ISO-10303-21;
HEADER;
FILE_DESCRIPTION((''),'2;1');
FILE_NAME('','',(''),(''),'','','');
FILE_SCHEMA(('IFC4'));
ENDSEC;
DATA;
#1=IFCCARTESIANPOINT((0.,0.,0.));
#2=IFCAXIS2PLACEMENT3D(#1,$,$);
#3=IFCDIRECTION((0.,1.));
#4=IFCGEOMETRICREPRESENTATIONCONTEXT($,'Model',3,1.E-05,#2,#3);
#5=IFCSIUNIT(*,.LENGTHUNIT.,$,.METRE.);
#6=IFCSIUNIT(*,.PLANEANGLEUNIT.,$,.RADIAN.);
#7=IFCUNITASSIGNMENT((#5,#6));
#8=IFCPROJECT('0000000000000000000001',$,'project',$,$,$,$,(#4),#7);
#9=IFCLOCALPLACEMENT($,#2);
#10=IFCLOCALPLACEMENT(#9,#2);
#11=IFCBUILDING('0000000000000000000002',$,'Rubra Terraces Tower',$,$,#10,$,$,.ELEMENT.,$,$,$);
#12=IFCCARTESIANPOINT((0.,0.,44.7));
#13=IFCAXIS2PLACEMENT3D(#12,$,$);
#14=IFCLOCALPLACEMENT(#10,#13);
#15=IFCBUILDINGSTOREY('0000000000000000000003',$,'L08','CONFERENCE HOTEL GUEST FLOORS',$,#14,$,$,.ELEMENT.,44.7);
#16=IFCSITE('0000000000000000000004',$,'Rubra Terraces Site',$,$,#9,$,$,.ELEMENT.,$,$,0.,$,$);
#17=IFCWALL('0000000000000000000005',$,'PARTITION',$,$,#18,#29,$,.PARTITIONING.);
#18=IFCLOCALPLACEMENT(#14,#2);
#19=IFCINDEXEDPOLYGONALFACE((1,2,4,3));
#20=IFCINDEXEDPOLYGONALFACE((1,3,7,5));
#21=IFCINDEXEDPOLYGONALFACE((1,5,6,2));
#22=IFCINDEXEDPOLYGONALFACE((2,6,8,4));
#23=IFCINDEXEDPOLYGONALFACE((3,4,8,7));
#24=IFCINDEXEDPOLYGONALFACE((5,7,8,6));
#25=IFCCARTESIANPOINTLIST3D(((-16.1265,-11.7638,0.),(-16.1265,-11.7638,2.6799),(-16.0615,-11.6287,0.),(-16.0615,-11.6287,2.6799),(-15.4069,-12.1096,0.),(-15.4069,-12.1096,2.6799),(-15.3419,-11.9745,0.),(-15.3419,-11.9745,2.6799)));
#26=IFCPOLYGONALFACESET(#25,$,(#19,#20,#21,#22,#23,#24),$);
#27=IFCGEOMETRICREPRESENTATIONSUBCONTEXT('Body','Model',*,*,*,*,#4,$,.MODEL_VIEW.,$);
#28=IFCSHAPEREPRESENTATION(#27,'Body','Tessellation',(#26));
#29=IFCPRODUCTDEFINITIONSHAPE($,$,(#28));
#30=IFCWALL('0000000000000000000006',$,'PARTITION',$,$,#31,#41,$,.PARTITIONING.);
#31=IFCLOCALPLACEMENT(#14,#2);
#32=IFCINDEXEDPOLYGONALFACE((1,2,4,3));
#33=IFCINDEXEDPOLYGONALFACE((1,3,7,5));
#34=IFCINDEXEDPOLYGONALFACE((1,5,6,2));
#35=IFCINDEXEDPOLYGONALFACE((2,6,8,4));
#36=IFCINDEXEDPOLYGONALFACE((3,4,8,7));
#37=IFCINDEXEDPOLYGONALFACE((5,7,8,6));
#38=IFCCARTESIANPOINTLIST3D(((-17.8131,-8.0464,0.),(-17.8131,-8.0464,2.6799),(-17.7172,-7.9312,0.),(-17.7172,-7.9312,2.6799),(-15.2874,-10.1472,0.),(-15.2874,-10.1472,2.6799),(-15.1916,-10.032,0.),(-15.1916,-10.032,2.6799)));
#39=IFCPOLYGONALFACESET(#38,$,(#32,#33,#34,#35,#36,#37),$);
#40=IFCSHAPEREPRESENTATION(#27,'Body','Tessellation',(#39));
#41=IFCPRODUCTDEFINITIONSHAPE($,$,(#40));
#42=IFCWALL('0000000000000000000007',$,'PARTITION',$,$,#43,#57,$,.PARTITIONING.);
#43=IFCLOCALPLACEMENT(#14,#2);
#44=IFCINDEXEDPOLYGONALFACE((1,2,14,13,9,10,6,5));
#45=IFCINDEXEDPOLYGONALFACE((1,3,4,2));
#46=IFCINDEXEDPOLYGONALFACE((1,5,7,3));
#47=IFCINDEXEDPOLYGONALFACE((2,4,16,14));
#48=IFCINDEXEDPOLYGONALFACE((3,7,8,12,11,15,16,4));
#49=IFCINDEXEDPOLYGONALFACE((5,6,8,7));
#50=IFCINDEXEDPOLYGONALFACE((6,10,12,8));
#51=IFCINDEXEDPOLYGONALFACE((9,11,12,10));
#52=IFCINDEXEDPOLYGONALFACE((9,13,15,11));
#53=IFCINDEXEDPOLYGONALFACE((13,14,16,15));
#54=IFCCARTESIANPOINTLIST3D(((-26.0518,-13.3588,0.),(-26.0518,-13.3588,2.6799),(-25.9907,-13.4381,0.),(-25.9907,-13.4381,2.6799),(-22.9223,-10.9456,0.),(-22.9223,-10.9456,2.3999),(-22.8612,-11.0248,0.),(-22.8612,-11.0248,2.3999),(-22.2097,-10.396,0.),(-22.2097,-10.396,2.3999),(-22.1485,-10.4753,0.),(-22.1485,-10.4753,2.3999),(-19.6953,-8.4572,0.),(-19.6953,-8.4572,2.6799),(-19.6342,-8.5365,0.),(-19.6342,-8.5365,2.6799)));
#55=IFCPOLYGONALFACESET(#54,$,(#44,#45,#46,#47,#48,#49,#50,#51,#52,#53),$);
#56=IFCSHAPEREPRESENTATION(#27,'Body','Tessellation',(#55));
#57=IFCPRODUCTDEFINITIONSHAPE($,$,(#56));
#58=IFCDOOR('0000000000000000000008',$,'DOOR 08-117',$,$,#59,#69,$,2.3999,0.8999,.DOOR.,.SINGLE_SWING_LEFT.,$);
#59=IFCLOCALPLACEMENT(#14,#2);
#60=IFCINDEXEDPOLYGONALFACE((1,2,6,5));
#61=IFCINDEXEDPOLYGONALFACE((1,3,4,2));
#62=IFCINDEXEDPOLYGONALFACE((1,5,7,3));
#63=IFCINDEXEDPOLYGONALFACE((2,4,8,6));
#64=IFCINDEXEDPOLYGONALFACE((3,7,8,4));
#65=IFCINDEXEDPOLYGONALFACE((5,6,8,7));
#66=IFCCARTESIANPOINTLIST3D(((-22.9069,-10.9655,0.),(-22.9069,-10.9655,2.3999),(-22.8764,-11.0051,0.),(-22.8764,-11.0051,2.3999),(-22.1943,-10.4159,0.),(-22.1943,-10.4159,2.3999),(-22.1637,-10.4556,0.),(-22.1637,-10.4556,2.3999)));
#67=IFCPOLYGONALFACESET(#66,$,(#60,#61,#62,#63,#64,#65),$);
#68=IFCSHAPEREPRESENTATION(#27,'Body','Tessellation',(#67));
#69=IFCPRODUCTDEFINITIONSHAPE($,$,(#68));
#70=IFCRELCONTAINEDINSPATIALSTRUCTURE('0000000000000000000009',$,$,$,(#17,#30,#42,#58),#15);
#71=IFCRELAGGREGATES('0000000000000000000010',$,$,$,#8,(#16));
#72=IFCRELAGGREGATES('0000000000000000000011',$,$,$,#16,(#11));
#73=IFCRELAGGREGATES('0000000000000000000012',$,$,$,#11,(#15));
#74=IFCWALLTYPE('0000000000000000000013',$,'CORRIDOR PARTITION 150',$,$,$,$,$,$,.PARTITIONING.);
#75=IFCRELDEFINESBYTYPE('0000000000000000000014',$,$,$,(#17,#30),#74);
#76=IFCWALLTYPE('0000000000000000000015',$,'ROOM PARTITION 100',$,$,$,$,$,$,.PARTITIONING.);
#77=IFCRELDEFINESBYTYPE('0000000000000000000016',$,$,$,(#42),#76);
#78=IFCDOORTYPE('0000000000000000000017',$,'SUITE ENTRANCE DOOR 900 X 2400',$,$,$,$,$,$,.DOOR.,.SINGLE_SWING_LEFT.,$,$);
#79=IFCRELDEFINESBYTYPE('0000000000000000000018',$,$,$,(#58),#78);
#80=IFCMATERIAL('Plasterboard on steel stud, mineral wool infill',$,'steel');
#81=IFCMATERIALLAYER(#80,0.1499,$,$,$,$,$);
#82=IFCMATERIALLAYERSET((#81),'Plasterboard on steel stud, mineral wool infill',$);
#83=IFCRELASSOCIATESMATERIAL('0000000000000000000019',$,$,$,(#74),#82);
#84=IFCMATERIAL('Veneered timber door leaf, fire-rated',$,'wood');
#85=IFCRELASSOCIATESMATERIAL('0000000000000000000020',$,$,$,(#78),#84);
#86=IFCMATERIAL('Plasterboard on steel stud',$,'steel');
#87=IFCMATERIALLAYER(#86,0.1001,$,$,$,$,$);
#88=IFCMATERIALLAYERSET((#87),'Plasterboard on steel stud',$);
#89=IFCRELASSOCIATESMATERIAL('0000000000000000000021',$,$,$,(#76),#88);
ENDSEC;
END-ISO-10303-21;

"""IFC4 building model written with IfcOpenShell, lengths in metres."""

from ifc_helpers import new_model, si_unit, direction, frame, frame_2d, origin, place, context, subcontext, project, spatial, rectangle, extrude, material, layer, layer_set, type_object, element, fill, save


model = new_model("IFC4")

# Units and contexts
model_context = context("Model", 3, precision=1e-05, world=origin(), true_north=direction((0.0, 1.0)))
body_context = subcontext(model_context, "Body", "Model", "MODEL_VIEW")
ifc_project = project(units=[si_unit("LENGTHUNIT", "METRE"), si_unit("PLANEANGLEUNIT", "RADIAN")], contexts=[model_context])

# Site, building, storey
site_placement = place(None, origin())
site = spatial("IfcSite", under=ifc_project, at=site_placement, Name="Rubra Terraces Site", CompositionType="ELEMENT", RefElevation=0.0)
building_placement = place(site_placement, origin())
building = spatial("IfcBuilding", under=site, at=building_placement, Name="Rubra Terraces Tower", CompositionType="ELEMENT")
storey_placement = place(building_placement, frame((0.0, 0.0, 44.7)))
storey = spatial("IfcBuildingStorey", under=building, at=storey_placement, Name="L08", Description="CONFERENCE HOTEL GUEST FLOORS", CompositionType="ELEMENT", Elevation=44.7)

# Wall
ifc_material_1 = material(Name="Plasterboard on steel stud, mineral wool infill", Category="steel")
ifc_layer_1 = layer(ifc_material_1, 0.1499)
ifc_layer_set_1 = layer_set([ifc_layer_1], Name="Plasterboard on steel stud, mineral wool infill")
wall_type_1 = type_object("IfcWallType", Name="CORRIDOR PARTITION 150", PredefinedType="PARTITIONING", material=ifc_layer_set_1)
wall_1_placement = place(storey_placement, frame((-16.094, -11.6963, 0.0), z_axis=(0.0, 0.0, 1.0), x_axis=(0.901351, -0.433089, 0.0)))
element("IfcWall", 1, at=wall_1_placement, inside=storey, type_object=wall_type_1, Name="PARTITION", PredefinedType="PARTITIONING", context=body_context, shape_type="SweptSolid", body=[
    extrude(rectangle(XDim=0.7983, YDim=0.1499, at=frame_2d((0.3992, 0.0))), origin(), (0.0, 0.0, 1.0), 2.6799),
])

# Shared definitions
ifc_material_2 = material(Name="Veneered timber door leaf, fire-rated", Category="wood")
door_type = type_object("IfcDoorType", Name="SUITE ENTRANCE DOOR 900 X 2400", OperationType="SINGLE_SWING_LEFT", PredefinedType="DOOR", material=ifc_material_2)

# Wall
wall_2_placement = place(storey_placement, frame((-15.2395, -10.0896, 0.0), z_axis=(0.0, 0.0, 1.0), x_axis=(-0.7688, 0.63949, 0.0)))
element("IfcWall", 2, at=wall_2_placement, inside=storey, type_object=wall_type_1, Name="PARTITION", PredefinedType="PARTITIONING", context=body_context, shape_type="SweptSolid", body=[
    extrude(rectangle(XDim=3.2852, YDim=0.1499, at=frame_2d((1.6426, 0.0))), origin(), (0.0, 0.0, 1.0), 2.6799),
])

# Wall, opening, door
ifc_material_3 = material(Name="Plasterboard on steel stud", Category="steel")
ifc_layer_2 = layer(ifc_material_3, 0.1001)
ifc_layer_set_2 = layer_set([ifc_layer_2], Name="Plasterboard on steel stud")
wall_type_2 = type_object("IfcWallType", Name="ROOM PARTITION 100", PredefinedType="PARTITIONING", material=ifc_layer_set_2)
wall_3_placement = place(storey_placement, frame((-26.0212, -13.3984, 0.0), z_axis=(0.0, 0.0, 1.0), x_axis=(0.791899, 0.610653, 0.0)))
wall_3 = element("IfcWall", 3, at=wall_3_placement, inside=storey, type_object=wall_type_2, Name="PARTITION", PredefinedType="PARTITIONING", context=body_context, shape_type="SweptSolid", body=[
    extrude(rectangle(XDim=8.0269, YDim=0.1001, at=frame_2d((4.0134, 0.0))), origin(), (0.0, 0.0, 1.0), 2.6799),
])
opening_1_placement = place(wall_3_placement, frame((3.9519, 0.0, 0.0)))
opening_1 = element("IfcOpeningElement", 4, at=opening_1_placement, cuts=wall_3, PredefinedType="OPENING", context=body_context, shape_type="SweptSolid", body=[
    extrude(rectangle(XDim=0.8999, YDim=2.3999, at=frame_2d((0.45, 1.2))), frame((0.0, 0.0601, 0.0), z_axis=(0.0, -1.0, 0.0), x_axis=(1.0, 0.0, 0.0)), (0.0, 0.0, 1.0), 0.1201),
])
door_1_placement = place(opening_1_placement, origin())
door_1 = element("IfcDoor", 5, at=door_1_placement, inside=storey, type_object=door_type, Name="DOOR 08-117", OperationType="SINGLE_SWING_LEFT", OverallHeight=2.3999, OverallWidth=0.8999, PredefinedType="DOOR", context=body_context, shape_type="SweptSolid", body=[
    extrude(rectangle(XDim=0.8999, YDim=2.3999, at=frame_2d((0.45, 1.2))), frame((0.0, 0.0249, 0.0), z_axis=(0.0, -1.0, 0.0), x_axis=(1.0, 0.0, 0.0)), (0.0, 0.0, 1.0), 0.05),
])
fill(opening_1, door_1)

save(model, "model.ifc")
